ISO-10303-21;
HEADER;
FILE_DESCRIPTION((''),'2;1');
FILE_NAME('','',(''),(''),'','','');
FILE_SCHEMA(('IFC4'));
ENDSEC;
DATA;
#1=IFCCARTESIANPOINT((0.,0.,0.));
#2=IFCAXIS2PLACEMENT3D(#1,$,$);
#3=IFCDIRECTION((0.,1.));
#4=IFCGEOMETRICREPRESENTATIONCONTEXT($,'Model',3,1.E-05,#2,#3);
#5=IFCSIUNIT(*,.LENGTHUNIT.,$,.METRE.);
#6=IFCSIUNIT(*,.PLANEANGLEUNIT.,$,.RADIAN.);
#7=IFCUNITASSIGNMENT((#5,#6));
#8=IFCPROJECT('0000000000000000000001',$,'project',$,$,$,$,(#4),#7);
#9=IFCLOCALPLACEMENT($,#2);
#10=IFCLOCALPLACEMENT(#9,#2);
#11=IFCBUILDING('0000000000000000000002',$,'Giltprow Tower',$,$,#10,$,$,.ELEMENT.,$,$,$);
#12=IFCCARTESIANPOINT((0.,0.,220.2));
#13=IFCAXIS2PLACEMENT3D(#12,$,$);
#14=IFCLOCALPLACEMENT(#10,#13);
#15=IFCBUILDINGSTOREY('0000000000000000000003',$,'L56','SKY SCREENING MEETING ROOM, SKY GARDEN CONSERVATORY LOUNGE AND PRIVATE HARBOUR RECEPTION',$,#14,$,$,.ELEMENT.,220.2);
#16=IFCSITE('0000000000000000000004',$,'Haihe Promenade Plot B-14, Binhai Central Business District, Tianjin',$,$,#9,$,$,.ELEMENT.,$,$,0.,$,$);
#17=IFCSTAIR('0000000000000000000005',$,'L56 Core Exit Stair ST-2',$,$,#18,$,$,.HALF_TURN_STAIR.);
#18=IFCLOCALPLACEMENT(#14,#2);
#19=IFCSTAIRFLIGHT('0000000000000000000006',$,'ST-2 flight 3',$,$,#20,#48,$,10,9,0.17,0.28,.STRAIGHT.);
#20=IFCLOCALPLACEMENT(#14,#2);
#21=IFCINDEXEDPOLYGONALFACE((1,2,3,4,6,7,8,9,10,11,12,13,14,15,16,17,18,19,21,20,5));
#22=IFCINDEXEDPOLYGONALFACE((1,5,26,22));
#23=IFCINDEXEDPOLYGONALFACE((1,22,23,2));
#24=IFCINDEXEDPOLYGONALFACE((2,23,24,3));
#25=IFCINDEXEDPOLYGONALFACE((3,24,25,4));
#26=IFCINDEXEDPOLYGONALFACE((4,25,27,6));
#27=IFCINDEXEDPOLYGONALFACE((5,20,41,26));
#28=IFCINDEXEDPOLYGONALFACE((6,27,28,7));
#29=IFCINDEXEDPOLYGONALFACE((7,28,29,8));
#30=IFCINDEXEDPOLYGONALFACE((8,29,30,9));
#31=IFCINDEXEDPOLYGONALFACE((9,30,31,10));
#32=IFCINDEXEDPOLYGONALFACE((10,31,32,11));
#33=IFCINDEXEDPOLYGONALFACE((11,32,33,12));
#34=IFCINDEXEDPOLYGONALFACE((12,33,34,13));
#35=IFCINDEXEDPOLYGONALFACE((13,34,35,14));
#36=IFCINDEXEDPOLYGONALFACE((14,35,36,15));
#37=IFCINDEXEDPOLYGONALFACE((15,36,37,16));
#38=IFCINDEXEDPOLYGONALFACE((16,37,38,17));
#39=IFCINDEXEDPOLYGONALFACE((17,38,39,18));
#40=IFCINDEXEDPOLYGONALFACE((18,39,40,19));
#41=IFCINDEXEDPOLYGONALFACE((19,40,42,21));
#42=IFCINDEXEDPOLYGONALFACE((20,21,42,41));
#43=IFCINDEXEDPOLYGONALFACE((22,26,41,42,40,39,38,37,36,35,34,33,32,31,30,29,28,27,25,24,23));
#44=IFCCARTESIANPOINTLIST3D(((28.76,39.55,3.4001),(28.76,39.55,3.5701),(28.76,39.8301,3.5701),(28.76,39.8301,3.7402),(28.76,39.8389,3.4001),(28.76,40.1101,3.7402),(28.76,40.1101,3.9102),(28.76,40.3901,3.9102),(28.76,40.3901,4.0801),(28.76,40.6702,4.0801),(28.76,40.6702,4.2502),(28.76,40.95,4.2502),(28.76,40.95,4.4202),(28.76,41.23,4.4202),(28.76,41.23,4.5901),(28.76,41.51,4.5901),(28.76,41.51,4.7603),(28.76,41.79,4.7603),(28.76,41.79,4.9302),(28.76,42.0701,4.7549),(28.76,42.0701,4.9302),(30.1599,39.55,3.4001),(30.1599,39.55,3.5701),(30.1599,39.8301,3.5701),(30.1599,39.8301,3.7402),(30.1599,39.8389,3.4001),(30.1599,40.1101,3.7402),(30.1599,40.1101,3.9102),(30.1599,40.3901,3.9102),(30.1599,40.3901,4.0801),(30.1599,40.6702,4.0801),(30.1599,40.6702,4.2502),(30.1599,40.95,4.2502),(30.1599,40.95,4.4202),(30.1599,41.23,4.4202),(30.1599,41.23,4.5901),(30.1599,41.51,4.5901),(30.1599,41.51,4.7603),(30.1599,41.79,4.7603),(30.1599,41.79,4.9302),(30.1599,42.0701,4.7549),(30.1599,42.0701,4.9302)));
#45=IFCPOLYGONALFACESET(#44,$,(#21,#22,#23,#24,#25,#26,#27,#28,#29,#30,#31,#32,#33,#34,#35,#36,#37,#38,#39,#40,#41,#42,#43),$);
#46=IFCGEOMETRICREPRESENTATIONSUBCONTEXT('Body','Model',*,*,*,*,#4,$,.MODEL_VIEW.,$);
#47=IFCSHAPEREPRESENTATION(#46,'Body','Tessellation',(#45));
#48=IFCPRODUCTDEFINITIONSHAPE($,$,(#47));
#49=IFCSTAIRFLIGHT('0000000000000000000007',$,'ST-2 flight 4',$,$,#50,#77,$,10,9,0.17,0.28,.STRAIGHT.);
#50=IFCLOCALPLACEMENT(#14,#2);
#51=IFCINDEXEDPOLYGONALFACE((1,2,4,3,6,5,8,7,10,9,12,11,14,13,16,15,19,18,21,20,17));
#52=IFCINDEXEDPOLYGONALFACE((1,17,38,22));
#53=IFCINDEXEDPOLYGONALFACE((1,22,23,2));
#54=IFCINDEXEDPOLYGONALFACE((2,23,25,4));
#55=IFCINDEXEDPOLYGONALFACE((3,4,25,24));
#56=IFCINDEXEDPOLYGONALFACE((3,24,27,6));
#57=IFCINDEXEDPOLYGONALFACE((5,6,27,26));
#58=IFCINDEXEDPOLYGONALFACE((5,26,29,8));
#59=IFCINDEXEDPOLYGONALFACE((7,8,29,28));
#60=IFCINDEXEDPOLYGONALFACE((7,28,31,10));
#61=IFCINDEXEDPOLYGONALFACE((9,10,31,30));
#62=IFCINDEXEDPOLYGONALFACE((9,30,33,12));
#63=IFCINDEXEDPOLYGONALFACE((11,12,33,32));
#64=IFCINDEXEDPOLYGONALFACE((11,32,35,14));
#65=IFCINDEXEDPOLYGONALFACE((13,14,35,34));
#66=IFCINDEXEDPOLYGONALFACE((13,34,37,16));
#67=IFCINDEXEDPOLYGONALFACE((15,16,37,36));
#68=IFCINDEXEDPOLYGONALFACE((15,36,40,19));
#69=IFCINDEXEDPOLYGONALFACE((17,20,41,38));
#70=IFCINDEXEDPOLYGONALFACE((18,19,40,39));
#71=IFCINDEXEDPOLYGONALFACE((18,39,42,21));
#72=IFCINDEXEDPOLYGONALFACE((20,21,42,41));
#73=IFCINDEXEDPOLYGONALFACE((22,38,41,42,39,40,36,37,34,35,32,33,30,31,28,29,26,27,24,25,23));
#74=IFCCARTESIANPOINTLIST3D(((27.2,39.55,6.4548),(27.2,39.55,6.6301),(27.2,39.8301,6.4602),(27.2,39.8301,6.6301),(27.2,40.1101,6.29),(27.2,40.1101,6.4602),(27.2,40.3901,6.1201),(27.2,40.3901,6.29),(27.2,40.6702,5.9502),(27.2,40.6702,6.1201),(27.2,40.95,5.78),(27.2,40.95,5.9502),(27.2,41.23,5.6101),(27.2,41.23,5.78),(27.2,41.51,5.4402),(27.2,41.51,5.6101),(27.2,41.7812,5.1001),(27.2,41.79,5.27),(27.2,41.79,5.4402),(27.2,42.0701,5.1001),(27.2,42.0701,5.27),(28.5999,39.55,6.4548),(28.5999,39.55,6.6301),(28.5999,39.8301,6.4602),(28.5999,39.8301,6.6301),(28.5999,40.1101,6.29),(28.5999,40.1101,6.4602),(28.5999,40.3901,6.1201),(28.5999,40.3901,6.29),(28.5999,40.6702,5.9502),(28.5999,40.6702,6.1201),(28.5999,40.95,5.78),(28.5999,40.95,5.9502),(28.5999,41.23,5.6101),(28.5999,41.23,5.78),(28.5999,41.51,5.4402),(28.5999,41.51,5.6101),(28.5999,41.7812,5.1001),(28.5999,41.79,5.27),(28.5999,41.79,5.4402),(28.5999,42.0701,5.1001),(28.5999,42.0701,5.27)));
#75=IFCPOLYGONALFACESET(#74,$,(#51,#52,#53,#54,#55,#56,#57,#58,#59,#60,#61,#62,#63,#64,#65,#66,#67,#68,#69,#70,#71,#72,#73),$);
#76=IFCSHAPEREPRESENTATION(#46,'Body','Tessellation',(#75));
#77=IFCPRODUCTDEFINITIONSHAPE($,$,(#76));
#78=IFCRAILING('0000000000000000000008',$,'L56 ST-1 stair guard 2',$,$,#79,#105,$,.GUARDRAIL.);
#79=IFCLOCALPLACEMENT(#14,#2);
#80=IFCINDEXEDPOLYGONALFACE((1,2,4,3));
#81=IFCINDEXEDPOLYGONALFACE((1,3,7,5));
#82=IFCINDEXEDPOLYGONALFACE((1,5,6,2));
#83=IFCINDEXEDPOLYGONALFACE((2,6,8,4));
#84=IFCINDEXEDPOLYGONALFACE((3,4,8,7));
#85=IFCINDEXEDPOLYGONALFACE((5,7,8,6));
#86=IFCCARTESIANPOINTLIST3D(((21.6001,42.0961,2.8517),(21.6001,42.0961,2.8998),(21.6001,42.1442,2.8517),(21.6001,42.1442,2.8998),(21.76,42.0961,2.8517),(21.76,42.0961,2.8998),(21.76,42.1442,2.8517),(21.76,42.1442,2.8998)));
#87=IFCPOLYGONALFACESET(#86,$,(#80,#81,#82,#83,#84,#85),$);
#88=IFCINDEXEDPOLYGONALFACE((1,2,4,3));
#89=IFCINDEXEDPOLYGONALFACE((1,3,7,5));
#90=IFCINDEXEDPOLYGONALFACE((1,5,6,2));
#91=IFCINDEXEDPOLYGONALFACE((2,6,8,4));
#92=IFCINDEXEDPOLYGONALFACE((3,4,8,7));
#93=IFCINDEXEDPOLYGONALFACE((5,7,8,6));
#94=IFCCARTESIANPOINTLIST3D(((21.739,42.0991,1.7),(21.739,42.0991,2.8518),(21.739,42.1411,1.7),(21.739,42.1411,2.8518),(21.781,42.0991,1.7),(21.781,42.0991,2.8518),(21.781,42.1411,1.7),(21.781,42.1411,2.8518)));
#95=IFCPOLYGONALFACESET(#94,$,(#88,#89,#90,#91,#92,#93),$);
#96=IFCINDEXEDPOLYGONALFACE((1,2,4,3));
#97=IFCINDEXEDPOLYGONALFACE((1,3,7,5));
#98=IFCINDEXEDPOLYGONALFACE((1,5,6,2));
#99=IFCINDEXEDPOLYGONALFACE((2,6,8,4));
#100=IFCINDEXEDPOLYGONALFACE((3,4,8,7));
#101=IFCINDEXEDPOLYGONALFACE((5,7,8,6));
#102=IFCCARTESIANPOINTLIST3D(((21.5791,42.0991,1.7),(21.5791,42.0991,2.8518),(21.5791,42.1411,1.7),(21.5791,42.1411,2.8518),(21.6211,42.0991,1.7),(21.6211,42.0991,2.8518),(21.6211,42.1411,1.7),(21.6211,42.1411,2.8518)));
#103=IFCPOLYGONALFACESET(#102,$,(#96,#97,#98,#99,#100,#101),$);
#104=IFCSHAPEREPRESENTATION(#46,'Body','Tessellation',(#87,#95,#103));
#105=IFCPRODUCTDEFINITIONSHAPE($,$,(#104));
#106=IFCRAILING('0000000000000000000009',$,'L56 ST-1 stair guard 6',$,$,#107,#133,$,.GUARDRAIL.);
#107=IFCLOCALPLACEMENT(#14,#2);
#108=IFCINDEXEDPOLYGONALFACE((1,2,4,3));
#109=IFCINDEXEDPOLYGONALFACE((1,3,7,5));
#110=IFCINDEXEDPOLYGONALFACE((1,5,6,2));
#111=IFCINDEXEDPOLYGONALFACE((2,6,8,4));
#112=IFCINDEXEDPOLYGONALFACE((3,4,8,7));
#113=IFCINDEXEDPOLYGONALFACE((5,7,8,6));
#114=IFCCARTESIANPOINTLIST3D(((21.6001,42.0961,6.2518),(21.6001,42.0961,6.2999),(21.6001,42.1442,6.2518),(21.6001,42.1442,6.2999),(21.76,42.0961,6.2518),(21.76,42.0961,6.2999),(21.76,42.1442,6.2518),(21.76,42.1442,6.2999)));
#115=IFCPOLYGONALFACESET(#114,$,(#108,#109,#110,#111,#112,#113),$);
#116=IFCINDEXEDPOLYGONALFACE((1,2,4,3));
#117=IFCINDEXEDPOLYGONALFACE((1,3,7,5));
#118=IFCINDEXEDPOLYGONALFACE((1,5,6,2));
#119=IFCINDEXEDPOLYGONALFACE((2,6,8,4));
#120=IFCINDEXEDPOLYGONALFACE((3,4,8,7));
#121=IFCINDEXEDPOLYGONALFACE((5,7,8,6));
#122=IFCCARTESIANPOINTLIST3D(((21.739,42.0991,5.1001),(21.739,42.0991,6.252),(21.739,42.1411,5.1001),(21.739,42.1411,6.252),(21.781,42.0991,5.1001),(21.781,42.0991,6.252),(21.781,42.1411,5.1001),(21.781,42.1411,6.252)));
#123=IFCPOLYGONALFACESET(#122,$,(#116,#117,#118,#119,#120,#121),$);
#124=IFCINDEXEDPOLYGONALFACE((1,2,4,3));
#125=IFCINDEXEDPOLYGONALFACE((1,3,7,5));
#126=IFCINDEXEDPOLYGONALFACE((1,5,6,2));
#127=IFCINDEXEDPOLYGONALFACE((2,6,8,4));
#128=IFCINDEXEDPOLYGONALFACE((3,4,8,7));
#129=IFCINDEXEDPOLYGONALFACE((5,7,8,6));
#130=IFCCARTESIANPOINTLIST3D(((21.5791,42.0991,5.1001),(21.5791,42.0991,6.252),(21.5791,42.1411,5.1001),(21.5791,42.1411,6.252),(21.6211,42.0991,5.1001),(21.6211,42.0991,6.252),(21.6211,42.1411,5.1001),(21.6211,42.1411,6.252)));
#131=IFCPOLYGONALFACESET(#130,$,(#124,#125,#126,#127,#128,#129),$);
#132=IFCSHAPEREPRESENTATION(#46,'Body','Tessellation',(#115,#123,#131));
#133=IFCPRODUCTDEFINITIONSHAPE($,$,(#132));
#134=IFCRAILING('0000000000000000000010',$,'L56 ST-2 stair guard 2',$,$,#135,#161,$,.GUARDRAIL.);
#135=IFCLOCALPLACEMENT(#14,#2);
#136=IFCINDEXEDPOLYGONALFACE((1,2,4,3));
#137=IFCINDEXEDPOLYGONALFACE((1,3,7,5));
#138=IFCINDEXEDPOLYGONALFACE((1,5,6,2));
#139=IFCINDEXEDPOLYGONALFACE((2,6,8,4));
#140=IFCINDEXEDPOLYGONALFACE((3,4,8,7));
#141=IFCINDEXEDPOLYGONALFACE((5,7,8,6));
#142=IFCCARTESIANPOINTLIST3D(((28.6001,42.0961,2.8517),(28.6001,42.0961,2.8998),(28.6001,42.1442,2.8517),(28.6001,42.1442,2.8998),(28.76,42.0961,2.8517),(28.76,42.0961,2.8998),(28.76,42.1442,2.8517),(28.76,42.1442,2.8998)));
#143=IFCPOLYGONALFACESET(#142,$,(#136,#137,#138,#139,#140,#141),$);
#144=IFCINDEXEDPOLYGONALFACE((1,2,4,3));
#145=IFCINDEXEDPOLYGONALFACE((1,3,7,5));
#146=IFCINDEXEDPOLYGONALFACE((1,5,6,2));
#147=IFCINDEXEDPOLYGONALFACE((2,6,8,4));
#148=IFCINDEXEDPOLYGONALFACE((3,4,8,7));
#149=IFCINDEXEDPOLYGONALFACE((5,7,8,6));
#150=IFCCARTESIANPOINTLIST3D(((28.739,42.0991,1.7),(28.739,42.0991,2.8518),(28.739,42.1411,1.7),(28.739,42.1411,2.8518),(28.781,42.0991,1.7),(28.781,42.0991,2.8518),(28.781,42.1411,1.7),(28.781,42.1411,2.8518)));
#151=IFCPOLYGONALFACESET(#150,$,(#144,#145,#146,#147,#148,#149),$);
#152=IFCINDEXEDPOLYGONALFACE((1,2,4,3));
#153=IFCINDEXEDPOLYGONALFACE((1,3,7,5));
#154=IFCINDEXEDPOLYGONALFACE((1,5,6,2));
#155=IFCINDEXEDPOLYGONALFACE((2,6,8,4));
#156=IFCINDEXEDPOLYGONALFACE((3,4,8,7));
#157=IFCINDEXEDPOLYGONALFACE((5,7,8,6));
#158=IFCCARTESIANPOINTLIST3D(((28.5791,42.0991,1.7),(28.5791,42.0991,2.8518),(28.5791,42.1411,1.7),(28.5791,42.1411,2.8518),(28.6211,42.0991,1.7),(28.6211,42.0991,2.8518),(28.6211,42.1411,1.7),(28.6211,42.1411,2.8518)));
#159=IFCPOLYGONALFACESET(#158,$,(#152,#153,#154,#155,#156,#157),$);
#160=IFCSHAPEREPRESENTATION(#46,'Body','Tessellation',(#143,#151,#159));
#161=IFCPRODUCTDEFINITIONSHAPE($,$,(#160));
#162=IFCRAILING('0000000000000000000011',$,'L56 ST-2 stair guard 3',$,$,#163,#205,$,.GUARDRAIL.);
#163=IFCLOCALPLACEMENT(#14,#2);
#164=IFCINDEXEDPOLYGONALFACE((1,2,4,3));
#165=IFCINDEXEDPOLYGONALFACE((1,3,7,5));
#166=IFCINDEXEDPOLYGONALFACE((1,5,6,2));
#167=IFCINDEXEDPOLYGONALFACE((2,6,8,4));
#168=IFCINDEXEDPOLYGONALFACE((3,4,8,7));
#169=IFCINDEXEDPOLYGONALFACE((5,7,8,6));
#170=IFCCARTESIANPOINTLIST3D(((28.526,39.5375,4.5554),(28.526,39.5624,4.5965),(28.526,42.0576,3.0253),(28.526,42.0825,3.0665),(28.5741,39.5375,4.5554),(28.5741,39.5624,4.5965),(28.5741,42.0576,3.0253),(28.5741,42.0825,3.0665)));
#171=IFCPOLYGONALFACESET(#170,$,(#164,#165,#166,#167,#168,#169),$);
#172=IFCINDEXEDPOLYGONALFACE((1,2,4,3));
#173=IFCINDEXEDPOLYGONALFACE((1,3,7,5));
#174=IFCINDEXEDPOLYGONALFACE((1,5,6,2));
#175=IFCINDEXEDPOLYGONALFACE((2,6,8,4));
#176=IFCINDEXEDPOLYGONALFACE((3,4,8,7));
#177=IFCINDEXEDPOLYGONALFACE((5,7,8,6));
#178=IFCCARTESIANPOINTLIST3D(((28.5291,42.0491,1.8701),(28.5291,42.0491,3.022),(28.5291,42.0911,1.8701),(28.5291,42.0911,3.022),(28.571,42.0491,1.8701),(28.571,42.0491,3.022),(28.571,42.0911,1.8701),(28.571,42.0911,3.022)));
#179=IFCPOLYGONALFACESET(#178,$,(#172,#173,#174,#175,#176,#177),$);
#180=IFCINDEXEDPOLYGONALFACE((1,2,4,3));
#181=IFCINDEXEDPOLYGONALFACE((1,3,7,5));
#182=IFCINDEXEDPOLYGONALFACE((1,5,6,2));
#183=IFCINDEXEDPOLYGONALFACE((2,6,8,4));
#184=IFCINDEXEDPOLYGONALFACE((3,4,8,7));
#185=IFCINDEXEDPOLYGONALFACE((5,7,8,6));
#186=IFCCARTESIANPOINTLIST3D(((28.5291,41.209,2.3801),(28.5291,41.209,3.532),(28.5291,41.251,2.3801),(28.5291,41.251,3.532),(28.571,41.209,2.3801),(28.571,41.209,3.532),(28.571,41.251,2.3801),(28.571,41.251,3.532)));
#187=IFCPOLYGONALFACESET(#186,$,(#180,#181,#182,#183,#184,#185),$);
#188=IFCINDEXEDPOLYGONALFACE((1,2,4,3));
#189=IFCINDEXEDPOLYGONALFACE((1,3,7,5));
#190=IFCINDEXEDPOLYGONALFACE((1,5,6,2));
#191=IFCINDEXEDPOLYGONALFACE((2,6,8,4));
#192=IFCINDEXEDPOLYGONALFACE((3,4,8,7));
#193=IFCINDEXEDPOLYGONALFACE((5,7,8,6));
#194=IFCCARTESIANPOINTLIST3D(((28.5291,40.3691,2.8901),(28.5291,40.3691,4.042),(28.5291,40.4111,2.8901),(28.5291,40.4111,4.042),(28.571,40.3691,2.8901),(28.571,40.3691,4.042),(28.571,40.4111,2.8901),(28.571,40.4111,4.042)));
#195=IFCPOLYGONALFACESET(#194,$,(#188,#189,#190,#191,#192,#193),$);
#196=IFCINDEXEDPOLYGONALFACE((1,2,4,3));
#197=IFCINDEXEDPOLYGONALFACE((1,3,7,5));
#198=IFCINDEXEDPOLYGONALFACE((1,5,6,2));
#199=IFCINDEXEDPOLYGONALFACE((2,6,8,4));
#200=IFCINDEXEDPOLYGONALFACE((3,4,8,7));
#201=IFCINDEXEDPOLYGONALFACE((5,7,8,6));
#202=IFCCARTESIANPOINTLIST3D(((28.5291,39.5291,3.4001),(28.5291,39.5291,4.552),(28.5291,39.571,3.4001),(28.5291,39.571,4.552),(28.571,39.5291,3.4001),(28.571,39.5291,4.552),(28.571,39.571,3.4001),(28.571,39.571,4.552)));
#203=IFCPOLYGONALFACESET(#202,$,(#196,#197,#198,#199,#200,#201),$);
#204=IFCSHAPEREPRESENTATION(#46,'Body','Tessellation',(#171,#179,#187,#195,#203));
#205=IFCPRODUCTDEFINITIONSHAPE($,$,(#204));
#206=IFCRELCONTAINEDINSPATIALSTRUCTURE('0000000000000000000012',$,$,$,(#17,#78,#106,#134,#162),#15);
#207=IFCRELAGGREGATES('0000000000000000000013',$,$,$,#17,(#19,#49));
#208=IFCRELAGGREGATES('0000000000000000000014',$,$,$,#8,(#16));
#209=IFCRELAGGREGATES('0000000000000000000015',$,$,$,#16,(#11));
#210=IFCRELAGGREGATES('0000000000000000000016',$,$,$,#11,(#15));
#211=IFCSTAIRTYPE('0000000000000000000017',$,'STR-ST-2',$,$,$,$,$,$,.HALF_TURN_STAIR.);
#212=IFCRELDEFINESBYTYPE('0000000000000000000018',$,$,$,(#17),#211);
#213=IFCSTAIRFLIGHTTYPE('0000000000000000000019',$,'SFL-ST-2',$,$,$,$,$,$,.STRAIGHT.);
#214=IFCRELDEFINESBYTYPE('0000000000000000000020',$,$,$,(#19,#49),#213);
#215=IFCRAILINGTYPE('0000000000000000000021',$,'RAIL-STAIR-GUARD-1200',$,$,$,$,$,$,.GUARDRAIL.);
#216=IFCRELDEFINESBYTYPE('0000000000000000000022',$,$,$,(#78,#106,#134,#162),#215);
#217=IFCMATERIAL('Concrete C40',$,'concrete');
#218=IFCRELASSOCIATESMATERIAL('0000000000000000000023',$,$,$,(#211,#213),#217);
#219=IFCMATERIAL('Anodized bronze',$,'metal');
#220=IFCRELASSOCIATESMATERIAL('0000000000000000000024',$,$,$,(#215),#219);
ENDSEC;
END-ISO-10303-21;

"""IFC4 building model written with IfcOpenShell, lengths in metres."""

from ifc_helpers import new_model, si_unit, direction, frame, origin, origin_2d, place, context, subcontext, project, spatial, polyline, rectangle, outline, extrude, material, type_object, element, aggregate, save


model = new_model("IFC4")

# Units and contexts
model_context = context("Model", 3, precision=1e-05, world=origin(), true_north=direction((0.0, 1.0)))
body_context = subcontext(model_context, "Body", "Model", "MODEL_VIEW")
ifc_project = project(units=[si_unit("LENGTHUNIT", "METRE"), si_unit("PLANEANGLEUNIT", "RADIAN")], contexts=[model_context])

# Site, building, storey
site_placement = place(None, origin())
site = spatial("IfcSite", under=ifc_project, at=site_placement, Name="Haihe Promenade Plot B-14, Binhai Central Business District, Tianjin", CompositionType="ELEMENT", RefElevation=0.0)
building_placement = place(site_placement, origin())
building = spatial("IfcBuilding", under=site, at=building_placement, Name="Giltprow Tower", CompositionType="ELEMENT")
storey_placement = place(building_placement, frame((0.0, 0.0, 220.2)))
storey = spatial("IfcBuildingStorey", under=building, at=storey_placement, Name="L56", Description="SKY SCREENING MEETING ROOM, SKY GARDEN CONSERVATORY LOUNGE AND PRIVATE HARBOUR RECEPTION", CompositionType="ELEMENT", Elevation=220.2)

# Shared definitions
ifc_material_1 = material(Name="Concrete C40", Category="concrete")

# Stair, stair flights
stair_type = type_object("IfcStairType", Name="STR-ST-2", PredefinedType="HALF_TURN_STAIR", material=ifc_material_1)
stair_placement = place(storey_placement, origin())
stair = element("IfcStair", 1, at=stair_placement, inside=storey, type_object=stair_type, Name="L56 Core Exit Stair ST-2", PredefinedType="HALF_TURN_STAIR")
stair_flight_type = type_object("IfcStairFlightType", Name="SFL-ST-2", PredefinedType="STRAIGHT", material=ifc_material_1)
stair_flight_1_placement = place(storey_placement, frame((29.46, 39.55, 3.4001), z_axis=(0.0, 0.0, 1.0), x_axis=(0.0, 1.0, 0.0)))
stair_flight_1 = element("IfcStairFlight", 2, at=stair_flight_1_placement, type_object=stair_flight_type, Name="ST-2 flight 3", NumberOfRisers=10, NumberOfTreads=9, PredefinedType="STRAIGHT", RiserHeight=0.17, TreadLength=0.28, context=body_context, shape_type="SweptSolid", body=[
    extrude(outline(polyline([(0.0, 0.0), (0.0, 0.1699), (0.28, 0.1699), (0.28, 0.3401), (0.5601, 0.3401), (0.5601, 0.51), (0.8401, 0.51), (0.8401, 0.6799), (1.1201, 0.6799), (1.1201, 0.8501), (1.3999, 0.8501), (1.3999, 1.02), (1.6799, 1.02), (1.6799, 1.1899), (1.96, 1.1899), (1.96, 1.3601), (2.24, 1.3601), (2.24, 1.53), (2.52, 1.53), (2.52, 1.7), (2.52, 1.3547), (0.2888, 0.0), (0.0, 0.0)])), frame((0.0, 0.7, 0.0), z_axis=(0.0, -1.0, 0.0), x_axis=(1.0, 0.0, 0.0)), (0.0, 0.0, 1.0), 1.3999),
])
stair_flight_2_placement = place(storey_placement, frame((27.8999, 42.0701, 5.1001), z_axis=(0.0, 0.0, 1.0), x_axis=(0.0, -1.0, 0.0)))
stair_flight_2 = element("IfcStairFlight", 3, at=stair_flight_2_placement, type_object=stair_flight_type, Name="ST-2 flight 4", NumberOfRisers=10, NumberOfTreads=9, PredefinedType="STRAIGHT", RiserHeight=0.17, TreadLength=0.28, context=body_context, shape_type="SweptSolid", body=[
    extrude(outline(polyline([(0.0, 0.0), (0.0, 0.1699), (0.28, 0.1699), (0.28, 0.3401), (0.5601, 0.3401), (0.5601, 0.51), (0.8401, 0.51), (0.8401, 0.6799), (1.1201, 0.6799), (1.1201, 0.8501), (1.3999, 0.8501), (1.3999, 1.02), (1.6799, 1.02), (1.6799, 1.1899), (1.96, 1.1899), (1.96, 1.3601), (2.24, 1.3601), (2.24, 1.53), (2.52, 1.53), (2.52, 1.7), (2.52, 1.3547), (0.2888, 0.0), (0.0, 0.0)])), frame((0.0, 0.7, 0.0), z_axis=(0.0, -1.0, 0.0), x_axis=(1.0, 0.0, 0.0)), (0.0, 0.0, 1.0), 1.3999),
])
aggregate(stair, [stair_flight_1, stair_flight_2])

# Railings
ifc_material_2 = material(Name="Anodized bronze", Category="metal")
railing_type_1 = type_object("IfcRailingType", Name="RAIL-STAIR-GUARD-1200", PredefinedType="GUARDRAIL", material=ifc_material_2)
for number, where, name in (
    (4, (21.76, 42.1201, 1.7), "L56 ST-1 stair guard 2"),
    (5, (21.76, 42.1201, 5.1001), "L56 ST-1 stair guard 6"),
    (6, (28.76, 42.1201, 1.7), "L56 ST-2 stair guard 2"),
):
    element("IfcRailing", number, at=place(storey_placement, frame(where)), inside=storey, type_object=railing_type_1, Name=name, PredefinedType="GUARDRAIL", context=body_context, shape_type="SweptSolid", body=[
        extrude(rectangle(XDim=0.0481, YDim=0.0481, at=origin_2d()), frame((0.0, 0.0, 1.1758), z_axis=(-1.0, 0.0, 0.0), x_axis=(0.0, -1.0, 0.0)), (0.0, 0.0, 1.0), 0.1599),
        extrude(rectangle(XDim=0.042, YDim=0.042, at=origin_2d()), origin(), (0.0, 0.0, 1.0), 1.1519),
        extrude(rectangle(XDim=0.042, YDim=0.042, at=origin_2d()), frame((-0.1599, 0.0, 0.0)), (0.0, 0.0, 1.0), 1.1519),
    ])
railing_1_placement = place(storey_placement, frame((28.55, 42.0701, 1.8701)))
element("IfcRailing", 7, at=railing_1_placement, inside=storey, type_object=railing_type_1, Name="L56 ST-2 stair guard 3", PredefinedType="GUARDRAIL", context=body_context, shape_type="SweptSolid", body=[
    extrude(rectangle(XDim=0.0481, YDim=0.0481, at=origin_2d()), frame((0.0, 0.0, 1.1758), z_axis=(0.0, -0.854785, 0.518982), x_axis=(1.0, 0.0, 0.0)), (0.0, 0.0, 1.0), 2.9482),
    extrude(rectangle(XDim=0.042, YDim=0.042, at=origin_2d()), origin(), (0.0, 0.0, 1.0), 1.1519),
    extrude(rectangle(XDim=0.042, YDim=0.042, at=origin_2d()), frame((0.0, -0.8401, 0.51)), (0.0, 0.0, 1.0), 1.1519),
    extrude(rectangle(XDim=0.042, YDim=0.042, at=origin_2d()), frame((0.0, -1.6799, 1.02)), (0.0, 0.0, 1.0), 1.1519),
    extrude(rectangle(XDim=0.042, YDim=0.042, at=origin_2d()), frame((0.0, -2.52, 1.53)), (0.0, 0.0, 1.0), 1.1519),
])

save(model, "model.ifc")
